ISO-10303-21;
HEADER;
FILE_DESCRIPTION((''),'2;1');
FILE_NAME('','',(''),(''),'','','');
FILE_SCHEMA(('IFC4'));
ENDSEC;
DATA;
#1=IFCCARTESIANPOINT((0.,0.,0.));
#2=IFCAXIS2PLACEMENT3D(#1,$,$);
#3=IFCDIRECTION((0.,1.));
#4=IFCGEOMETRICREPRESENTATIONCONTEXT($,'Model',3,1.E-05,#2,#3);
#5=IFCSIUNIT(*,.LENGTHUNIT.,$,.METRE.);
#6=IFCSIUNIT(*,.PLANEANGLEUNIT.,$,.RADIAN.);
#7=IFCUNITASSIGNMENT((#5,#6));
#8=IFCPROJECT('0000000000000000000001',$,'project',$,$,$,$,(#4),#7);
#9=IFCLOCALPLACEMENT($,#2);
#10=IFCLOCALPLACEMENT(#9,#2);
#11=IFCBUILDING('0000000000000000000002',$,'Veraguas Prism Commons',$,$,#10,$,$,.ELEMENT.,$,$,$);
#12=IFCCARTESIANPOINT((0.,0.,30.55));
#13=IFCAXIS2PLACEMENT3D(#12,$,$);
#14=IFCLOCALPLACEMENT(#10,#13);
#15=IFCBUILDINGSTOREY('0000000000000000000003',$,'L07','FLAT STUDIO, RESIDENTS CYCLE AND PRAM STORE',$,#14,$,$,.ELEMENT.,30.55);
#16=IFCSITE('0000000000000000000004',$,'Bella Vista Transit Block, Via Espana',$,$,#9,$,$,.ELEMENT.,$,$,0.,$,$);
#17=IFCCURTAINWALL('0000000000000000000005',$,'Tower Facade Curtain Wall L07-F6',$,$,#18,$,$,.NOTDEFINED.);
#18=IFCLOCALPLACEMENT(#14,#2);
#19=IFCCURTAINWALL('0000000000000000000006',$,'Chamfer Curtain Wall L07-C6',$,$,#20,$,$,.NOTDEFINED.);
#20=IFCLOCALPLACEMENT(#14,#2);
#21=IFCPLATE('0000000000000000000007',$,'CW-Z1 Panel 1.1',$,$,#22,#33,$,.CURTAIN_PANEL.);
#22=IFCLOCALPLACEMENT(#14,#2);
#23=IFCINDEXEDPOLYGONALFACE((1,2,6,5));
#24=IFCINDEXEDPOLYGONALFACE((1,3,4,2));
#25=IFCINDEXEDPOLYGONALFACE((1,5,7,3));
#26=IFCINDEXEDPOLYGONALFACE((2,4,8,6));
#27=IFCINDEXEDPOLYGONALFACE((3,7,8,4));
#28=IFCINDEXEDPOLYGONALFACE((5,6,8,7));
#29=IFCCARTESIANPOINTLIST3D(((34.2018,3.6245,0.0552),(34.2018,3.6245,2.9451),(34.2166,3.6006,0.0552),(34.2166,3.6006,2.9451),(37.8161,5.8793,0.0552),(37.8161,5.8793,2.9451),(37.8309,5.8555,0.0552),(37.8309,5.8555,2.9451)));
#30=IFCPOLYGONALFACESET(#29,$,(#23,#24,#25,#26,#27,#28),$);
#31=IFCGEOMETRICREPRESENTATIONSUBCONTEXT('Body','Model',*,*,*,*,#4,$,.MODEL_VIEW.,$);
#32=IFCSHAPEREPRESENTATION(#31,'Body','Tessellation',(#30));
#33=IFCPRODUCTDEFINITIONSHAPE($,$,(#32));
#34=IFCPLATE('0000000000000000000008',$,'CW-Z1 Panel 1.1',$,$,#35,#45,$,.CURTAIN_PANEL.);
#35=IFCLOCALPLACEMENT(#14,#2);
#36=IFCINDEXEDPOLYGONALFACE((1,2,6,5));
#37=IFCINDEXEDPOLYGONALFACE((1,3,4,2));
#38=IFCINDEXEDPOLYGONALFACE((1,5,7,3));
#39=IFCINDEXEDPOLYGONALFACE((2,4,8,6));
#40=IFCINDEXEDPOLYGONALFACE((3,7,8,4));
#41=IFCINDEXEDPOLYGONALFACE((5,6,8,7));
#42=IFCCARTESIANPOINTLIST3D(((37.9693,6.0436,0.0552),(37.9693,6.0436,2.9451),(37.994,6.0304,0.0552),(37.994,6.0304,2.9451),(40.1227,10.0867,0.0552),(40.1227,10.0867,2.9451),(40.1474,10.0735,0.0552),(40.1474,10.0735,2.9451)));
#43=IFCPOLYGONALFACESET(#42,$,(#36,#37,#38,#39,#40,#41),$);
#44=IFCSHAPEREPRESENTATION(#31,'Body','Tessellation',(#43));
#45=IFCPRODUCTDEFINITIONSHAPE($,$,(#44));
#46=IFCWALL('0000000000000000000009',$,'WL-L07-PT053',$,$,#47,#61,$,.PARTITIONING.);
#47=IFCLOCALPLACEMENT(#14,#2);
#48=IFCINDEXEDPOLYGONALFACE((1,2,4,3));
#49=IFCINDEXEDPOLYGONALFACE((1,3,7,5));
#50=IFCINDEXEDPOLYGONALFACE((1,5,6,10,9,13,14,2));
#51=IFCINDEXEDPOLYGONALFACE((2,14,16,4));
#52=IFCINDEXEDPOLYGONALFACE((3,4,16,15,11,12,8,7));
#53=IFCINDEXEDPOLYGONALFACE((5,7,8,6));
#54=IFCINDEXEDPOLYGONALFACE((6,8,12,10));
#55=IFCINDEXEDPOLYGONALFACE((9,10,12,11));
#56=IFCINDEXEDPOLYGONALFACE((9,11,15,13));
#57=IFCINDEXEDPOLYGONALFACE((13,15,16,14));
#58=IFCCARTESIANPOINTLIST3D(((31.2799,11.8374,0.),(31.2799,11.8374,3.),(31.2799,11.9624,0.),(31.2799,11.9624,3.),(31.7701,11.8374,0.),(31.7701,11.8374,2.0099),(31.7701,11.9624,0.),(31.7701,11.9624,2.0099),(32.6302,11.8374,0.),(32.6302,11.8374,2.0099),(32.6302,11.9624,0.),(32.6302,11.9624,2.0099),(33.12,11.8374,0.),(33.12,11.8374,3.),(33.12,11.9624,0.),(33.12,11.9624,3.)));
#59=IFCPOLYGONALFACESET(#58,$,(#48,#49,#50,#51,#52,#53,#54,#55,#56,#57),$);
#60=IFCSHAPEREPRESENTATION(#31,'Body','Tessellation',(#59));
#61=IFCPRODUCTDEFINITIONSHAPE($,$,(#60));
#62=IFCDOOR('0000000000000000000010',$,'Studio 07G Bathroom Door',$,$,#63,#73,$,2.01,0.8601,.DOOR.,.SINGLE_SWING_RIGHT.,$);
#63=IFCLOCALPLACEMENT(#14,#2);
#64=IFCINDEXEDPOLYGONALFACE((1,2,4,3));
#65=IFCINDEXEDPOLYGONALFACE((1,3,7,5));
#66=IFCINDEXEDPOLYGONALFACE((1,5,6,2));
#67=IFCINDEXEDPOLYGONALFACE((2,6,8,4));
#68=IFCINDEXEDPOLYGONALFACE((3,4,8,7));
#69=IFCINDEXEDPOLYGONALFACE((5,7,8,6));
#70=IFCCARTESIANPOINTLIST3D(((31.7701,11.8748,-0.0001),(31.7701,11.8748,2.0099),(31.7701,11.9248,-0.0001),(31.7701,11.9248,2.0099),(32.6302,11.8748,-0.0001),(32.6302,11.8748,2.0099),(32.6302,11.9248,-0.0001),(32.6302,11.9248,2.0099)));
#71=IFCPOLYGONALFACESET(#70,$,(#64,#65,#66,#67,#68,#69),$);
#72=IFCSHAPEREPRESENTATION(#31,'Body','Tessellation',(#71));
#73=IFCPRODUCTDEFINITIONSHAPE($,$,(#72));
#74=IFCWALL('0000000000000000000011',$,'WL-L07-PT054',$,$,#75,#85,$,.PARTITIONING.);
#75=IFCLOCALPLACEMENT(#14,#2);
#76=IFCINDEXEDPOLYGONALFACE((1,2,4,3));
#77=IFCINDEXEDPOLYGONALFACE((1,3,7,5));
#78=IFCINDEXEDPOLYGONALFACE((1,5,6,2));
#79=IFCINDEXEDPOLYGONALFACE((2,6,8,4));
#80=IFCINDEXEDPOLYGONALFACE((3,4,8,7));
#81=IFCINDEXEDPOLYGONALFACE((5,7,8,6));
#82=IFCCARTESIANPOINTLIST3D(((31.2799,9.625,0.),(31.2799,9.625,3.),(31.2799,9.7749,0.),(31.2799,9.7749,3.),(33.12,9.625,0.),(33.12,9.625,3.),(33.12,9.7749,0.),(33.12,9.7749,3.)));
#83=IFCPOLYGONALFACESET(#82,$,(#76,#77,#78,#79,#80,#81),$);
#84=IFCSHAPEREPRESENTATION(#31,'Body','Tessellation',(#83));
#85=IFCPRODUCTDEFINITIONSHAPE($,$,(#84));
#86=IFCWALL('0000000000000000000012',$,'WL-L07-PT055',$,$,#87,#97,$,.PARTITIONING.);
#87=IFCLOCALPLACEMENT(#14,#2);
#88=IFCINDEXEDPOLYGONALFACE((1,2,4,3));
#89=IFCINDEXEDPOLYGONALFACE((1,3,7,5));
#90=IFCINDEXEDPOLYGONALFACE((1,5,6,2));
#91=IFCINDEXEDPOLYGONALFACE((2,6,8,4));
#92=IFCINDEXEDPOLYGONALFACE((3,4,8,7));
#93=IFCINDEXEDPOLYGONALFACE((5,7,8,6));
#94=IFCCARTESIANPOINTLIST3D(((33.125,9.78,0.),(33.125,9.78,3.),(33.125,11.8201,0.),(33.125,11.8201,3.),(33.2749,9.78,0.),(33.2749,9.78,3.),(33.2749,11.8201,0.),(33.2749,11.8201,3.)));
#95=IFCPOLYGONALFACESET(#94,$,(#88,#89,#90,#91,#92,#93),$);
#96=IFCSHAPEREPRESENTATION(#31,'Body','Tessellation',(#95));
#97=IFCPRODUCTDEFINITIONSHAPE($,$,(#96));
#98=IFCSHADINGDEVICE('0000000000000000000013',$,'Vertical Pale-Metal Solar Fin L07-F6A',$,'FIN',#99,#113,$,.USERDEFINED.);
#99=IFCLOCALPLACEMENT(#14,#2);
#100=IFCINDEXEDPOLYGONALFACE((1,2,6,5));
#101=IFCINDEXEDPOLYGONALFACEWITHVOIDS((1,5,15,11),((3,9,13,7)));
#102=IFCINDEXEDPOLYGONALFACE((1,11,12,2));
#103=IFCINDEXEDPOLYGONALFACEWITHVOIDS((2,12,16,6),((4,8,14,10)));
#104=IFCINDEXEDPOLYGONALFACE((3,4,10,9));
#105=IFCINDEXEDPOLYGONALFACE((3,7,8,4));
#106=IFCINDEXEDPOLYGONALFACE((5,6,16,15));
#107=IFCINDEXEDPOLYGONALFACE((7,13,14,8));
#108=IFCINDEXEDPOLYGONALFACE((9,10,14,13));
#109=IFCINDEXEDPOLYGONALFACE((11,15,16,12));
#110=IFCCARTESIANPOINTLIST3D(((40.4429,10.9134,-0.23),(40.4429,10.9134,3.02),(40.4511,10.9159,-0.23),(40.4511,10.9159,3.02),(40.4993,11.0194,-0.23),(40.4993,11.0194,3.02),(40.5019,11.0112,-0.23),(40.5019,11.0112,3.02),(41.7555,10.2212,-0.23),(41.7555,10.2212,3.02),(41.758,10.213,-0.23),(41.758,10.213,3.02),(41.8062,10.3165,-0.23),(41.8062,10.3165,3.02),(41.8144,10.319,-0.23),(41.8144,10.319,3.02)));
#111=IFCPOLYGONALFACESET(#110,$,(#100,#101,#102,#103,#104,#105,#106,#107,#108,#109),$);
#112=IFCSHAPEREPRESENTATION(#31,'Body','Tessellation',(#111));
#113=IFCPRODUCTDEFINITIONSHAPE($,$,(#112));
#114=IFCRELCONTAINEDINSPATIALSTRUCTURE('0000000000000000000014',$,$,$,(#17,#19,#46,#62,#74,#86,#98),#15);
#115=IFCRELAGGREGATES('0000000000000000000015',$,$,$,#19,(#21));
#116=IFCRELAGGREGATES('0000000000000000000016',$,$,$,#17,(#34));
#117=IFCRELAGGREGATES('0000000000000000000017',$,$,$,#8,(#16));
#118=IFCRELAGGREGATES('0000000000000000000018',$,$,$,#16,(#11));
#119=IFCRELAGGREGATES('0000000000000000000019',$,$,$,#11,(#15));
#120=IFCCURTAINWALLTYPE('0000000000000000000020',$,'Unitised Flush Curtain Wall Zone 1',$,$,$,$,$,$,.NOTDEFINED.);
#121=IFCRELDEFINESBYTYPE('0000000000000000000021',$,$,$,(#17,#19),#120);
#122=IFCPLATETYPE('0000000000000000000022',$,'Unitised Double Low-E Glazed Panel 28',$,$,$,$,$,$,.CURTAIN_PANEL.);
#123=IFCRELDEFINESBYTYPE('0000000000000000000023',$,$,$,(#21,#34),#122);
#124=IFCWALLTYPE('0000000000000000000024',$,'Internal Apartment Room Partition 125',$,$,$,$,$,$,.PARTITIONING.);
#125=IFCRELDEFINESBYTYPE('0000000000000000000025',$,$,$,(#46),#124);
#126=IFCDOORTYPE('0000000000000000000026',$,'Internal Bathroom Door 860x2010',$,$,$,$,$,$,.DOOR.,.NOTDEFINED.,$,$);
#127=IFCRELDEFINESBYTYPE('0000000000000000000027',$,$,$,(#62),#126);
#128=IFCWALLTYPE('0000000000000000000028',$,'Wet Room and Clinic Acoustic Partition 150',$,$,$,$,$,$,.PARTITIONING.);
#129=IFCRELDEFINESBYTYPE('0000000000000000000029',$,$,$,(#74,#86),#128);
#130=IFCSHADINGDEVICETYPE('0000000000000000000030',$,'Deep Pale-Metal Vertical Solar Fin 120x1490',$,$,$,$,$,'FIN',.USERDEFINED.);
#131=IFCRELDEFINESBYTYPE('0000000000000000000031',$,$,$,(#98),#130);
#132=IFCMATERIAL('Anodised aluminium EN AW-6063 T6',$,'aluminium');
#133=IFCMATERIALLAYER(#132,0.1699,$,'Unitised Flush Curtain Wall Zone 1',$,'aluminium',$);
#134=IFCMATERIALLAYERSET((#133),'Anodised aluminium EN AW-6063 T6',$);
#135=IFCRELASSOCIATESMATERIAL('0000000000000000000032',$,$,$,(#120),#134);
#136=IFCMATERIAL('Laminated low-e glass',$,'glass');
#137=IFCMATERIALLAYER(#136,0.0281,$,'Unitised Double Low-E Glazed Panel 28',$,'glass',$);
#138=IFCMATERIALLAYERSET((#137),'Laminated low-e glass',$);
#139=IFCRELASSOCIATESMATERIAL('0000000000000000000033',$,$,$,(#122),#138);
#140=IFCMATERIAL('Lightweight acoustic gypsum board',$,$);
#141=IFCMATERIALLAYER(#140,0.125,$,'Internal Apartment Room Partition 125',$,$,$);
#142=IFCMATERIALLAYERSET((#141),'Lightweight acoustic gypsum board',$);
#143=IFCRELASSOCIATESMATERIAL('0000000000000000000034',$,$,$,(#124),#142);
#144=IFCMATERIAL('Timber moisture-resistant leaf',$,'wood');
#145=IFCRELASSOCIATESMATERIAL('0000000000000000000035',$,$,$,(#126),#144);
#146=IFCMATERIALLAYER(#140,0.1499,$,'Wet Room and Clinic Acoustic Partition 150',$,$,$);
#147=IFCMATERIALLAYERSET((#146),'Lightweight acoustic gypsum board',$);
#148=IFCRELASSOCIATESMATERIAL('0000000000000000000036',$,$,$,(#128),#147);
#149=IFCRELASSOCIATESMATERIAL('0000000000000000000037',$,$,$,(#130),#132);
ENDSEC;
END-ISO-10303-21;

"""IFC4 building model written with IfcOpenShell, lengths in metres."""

from ifc_helpers import new_model, si_unit, direction, frame, frame_2d, origin, origin_2d, place, context, subcontext, project, spatial, rectangle, hollow_rectangle, extrude, source, transform, mapped, material, layer, layer_set, material_profile, profile_set, type_object, element, fill, aggregate, save


model = new_model("IFC4")

# Units and contexts
model_context = context("Model", 3, precision=1e-05, world=origin(), true_north=direction((0.0, 1.0)))
body_context = subcontext(model_context, "Body", "Model", "MODEL_VIEW")
ifc_project = project(units=[si_unit("LENGTHUNIT", "METRE"), si_unit("PLANEANGLEUNIT", "RADIAN")], contexts=[model_context])

# Site, building, storey
site_placement = place(None, origin())
site = spatial("IfcSite", under=ifc_project, at=site_placement, Name="Bella Vista Transit Block, Via Espana", CompositionType="ELEMENT", RefElevation=0.0)
building_placement = place(site_placement, origin())
building = spatial("IfcBuilding", under=site, at=building_placement, Name="Veraguas Prism Commons", CompositionType="ELEMENT")
storey_placement = place(building_placement, frame((0.0, 0.0, 30.55)))
storey = spatial("IfcBuildingStorey", under=building, at=storey_placement, Name="L07", Description="FLAT STUDIO, RESIDENTS CYCLE AND PRAM STORE", CompositionType="ELEMENT", Elevation=30.55)

# Curtain wall
ifc_material_1 = material(Name="Anodised aluminium EN AW-6063 T6", Category="aluminium")
ifc_layer_1 = layer(ifc_material_1, 0.1699, Name="Unitised Flush Curtain Wall Zone 1", Category="aluminium")
ifc_layer_set_1 = layer_set([ifc_layer_1], Name="Anodised aluminium EN AW-6063 T6")
curtain_wall_type = type_object("IfcCurtainWallType", Name="Unitised Flush Curtain Wall Zone 1", PredefinedType="NOTDEFINED", material=ifc_layer_set_1)
curtain_wall_1_placement = place(storey_placement, origin())
curtain_wall_1 = element("IfcCurtainWall", 1, at=curtain_wall_1_placement, inside=storey, type_object=curtain_wall_type, Name="Tower Facade Curtain Wall L07-F6", PredefinedType="NOTDEFINED")

# Curtain wall
curtain_wall_2_placement = place(storey_placement, origin())
curtain_wall_2 = element("IfcCurtainWall", 2, at=curtain_wall_2_placement, inside=storey, type_object=curtain_wall_type, Name="Chamfer Curtain Wall L07-C6", PredefinedType="NOTDEFINED")

# Plates
ifc_material_2 = material(Name="Laminated low-e glass", Category="glass")
ifc_layer_2 = layer(ifc_material_2, 0.0281, Name="Unitised Double Low-E Glazed Panel 28", Category="glass")
ifc_layer_set_2 = layer_set([ifc_layer_2], Name="Laminated low-e glass")
plate_type = type_object("IfcPlateType", Name="Unitised Double Low-E Glazed Panel 28", PredefinedType="CURTAIN_PANEL", material=ifc_layer_set_2)
shared_shape_1 = source(origin(), body_context, "Body", "SweptSolid", [
    extrude(rectangle(XDim=4.26, YDim=0.0281, at=origin_2d()), origin(), (0.0, 0.0, 1.0), 2.8899),
])
plate_1_placement = place(storey_placement, frame((36.0164, 4.74, 0.0552), z_axis=(0.0, 0.0, 1.0), x_axis=(0.848425, 0.529315, 0.0)))
plate_1 = element("IfcPlate", 3, at=plate_1_placement, type_object=plate_type, Name="CW-Z1 Panel 1.1", PredefinedType="CURTAIN_PANEL", context=body_context, shape_type="MappedRepresentation", body=[
    mapped(shared_shape_1, transform((0.0, 0.0, 0.0), scale=1.0)),
])
aggregate(curtain_wall_2, [plate_1])
shared_shape_2 = source(origin(), body_context, "Body", "SweptSolid", [
    extrude(rectangle(XDim=4.5808, YDim=0.0281, at=origin_2d()), origin(), (0.0, 0.0, 1.0), 2.8899),
])
plate_2_placement = place(storey_placement, frame((39.0583, 8.0586, 0.0552), z_axis=(0.0, 0.0, 1.0), x_axis=(0.470089, 0.882619, 0.0)))
plate_2 = element("IfcPlate", 4, at=plate_2_placement, type_object=plate_type, Name="CW-Z1 Panel 1.1", PredefinedType="CURTAIN_PANEL", context=body_context, shape_type="MappedRepresentation", body=[
    mapped(shared_shape_2, transform((0.0, 0.0, 0.0), scale=1.0)),
])
aggregate(curtain_wall_1, [plate_2])

# Wall, opening, door
ifc_material_3 = material(Name="Lightweight acoustic gypsum board")
ifc_layer_3 = layer(ifc_material_3, 0.125, Name="Internal Apartment Room Partition 125")
ifc_layer_set_3 = layer_set([ifc_layer_3], Name="Lightweight acoustic gypsum board")
wall_type_1 = type_object("IfcWallType", Name="Internal Apartment Room Partition 125", PredefinedType="PARTITIONING", material=ifc_layer_set_3)
wall_1_placement = place(storey_placement, frame((31.28, 11.8999, 0.0), z_axis=(0.0, 0.0, 1.0), x_axis=(1.0, 0.0, 0.0)))
wall_1 = element("IfcWall", 5, at=wall_1_placement, inside=storey, type_object=wall_type_1, Name="WL-L07-PT053", PredefinedType="PARTITIONING", context=body_context, shape_type="SweptSolid", body=[
    extrude(rectangle(XDim=1.8401, YDim=0.125, at=frame_2d((0.9199, 0.0))), origin(), (0.0, 0.0, 1.0), 3.0),
])
opening_placement = place(wall_1_placement, frame((0.49, 0.0, 0.0)))
opening = element("IfcOpeningElement", 6, at=opening_placement, cuts=wall_1, PredefinedType="OPENING", context=body_context, shape_type="SweptSolid", body=[
    extrude(rectangle(XDim=0.8601, YDim=2.01, at=frame_2d((0.4302, 1.0049))), frame((0.0, 0.0725, 0.0), z_axis=(0.0, -1.0, 0.0), x_axis=(1.0, 0.0, 0.0)), (0.0, 0.0, 1.0), 0.145),
])
ifc_material_4 = material(Name="Timber moisture-resistant leaf", Category="wood")
door_type = type_object("IfcDoorType", Name="Internal Bathroom Door 860x2010", OperationType="NOTDEFINED", PredefinedType="DOOR", material=ifc_material_4)
shared_shape_3 = source(origin(), body_context, "Body", "SweptSolid", [
    extrude(rectangle(XDim=0.8601, YDim=2.01, at=frame_2d((0.4302, 1.0049))), frame((0.0, 0.0249, 0.0), z_axis=(0.0, -1.0, 0.0), x_axis=(1.0, 0.0, 0.0)), (0.0, 0.0, 1.0), 0.05),
])
door_placement = place(opening_placement, origin())
door = element("IfcDoor", 7, at=door_placement, inside=storey, type_object=door_type, Name="Studio 07G Bathroom Door", OperationType="SINGLE_SWING_RIGHT", OverallHeight=2.01, OverallWidth=0.8601, PredefinedType="DOOR", context=body_context, shape_type="MappedRepresentation", body=[
    mapped(shared_shape_3, transform((0.0, 0.0, 0.0), scale=1.0)),
])
fill(opening, door)

# Walls
ifc_layer_4 = layer(ifc_material_3, 0.1499, Name="Wet Room and Clinic Acoustic Partition 150")
ifc_layer_set_4 = layer_set([ifc_layer_4], Name="Lightweight acoustic gypsum board")
wall_type_2 = type_object("IfcWallType", Name="Wet Room and Clinic Acoustic Partition 150", PredefinedType="PARTITIONING", material=ifc_layer_set_4)
wall_2_placement = place(storey_placement, frame((31.28, 9.7, 0.0), z_axis=(0.0, 0.0, 1.0), x_axis=(1.0, 0.0, 0.0)))
element("IfcWall", 8, at=wall_2_placement, inside=storey, type_object=wall_type_2, Name="WL-L07-PT054", PredefinedType="PARTITIONING", context=body_context, shape_type="SweptSolid", body=[
    extrude(rectangle(XDim=1.8401, YDim=0.1499, at=frame_2d((0.9199, 0.0))), origin(), (0.0, 0.0, 1.0), 3.0),
])
wall_3_placement = place(storey_placement, frame((33.2, 9.78, 0.0), z_axis=(0.0, 0.0, 1.0), x_axis=(0.0, 1.0, 0.0)))
element("IfcWall", 9, at=wall_3_placement, inside=storey, type_object=wall_type_2, Name="WL-L07-PT055", PredefinedType="PARTITIONING", context=body_context, shape_type="SweptSolid", body=[
    extrude(rectangle(XDim=2.04, YDim=0.1499, at=frame_2d((1.02, 0.0))), origin(), (0.0, 0.0, 1.0), 3.0),
])

# Shading device
ifc_material_profile_1 = material_profile(ifc_material_1, hollow_rectangle(XDim=0.1201, YDim=1.49, WallThickness=0.0061, at=origin_2d()), Name="FIN120X1490X6")
ifc_profile_set_1 = profile_set([ifc_material_profile_1], Name="Anodised aluminium EN AW-6063 T6")
shading_device_type = type_object("IfcShadingDeviceType", Name="Deep Pale-Metal Vertical Solar Fin 120x1490", ElementType="FIN", PredefinedType="USERDEFINED", material=ifc_profile_set_1)
shading_device_placement = place(storey_placement, frame((41.1287, 10.6162, -0.23), z_axis=(0.0, 0.0, 1.0), x_axis=(0.470086, 0.88262, 0.0)))
element("IfcShadingDevice", 10, at=shading_device_placement, inside=storey, type_object=shading_device_type, Name="Vertical Pale-Metal Solar Fin L07-F6A", ObjectType="FIN", PredefinedType="USERDEFINED", context=body_context, shape_type="SweptSolid", body=[
    extrude(hollow_rectangle(XDim=0.1201, YDim=1.49, WallThickness=0.0061, at=origin_2d()), origin(), (0.0, 0.0, 1.0), 3.25),
])

save(model, "model.ifc")
